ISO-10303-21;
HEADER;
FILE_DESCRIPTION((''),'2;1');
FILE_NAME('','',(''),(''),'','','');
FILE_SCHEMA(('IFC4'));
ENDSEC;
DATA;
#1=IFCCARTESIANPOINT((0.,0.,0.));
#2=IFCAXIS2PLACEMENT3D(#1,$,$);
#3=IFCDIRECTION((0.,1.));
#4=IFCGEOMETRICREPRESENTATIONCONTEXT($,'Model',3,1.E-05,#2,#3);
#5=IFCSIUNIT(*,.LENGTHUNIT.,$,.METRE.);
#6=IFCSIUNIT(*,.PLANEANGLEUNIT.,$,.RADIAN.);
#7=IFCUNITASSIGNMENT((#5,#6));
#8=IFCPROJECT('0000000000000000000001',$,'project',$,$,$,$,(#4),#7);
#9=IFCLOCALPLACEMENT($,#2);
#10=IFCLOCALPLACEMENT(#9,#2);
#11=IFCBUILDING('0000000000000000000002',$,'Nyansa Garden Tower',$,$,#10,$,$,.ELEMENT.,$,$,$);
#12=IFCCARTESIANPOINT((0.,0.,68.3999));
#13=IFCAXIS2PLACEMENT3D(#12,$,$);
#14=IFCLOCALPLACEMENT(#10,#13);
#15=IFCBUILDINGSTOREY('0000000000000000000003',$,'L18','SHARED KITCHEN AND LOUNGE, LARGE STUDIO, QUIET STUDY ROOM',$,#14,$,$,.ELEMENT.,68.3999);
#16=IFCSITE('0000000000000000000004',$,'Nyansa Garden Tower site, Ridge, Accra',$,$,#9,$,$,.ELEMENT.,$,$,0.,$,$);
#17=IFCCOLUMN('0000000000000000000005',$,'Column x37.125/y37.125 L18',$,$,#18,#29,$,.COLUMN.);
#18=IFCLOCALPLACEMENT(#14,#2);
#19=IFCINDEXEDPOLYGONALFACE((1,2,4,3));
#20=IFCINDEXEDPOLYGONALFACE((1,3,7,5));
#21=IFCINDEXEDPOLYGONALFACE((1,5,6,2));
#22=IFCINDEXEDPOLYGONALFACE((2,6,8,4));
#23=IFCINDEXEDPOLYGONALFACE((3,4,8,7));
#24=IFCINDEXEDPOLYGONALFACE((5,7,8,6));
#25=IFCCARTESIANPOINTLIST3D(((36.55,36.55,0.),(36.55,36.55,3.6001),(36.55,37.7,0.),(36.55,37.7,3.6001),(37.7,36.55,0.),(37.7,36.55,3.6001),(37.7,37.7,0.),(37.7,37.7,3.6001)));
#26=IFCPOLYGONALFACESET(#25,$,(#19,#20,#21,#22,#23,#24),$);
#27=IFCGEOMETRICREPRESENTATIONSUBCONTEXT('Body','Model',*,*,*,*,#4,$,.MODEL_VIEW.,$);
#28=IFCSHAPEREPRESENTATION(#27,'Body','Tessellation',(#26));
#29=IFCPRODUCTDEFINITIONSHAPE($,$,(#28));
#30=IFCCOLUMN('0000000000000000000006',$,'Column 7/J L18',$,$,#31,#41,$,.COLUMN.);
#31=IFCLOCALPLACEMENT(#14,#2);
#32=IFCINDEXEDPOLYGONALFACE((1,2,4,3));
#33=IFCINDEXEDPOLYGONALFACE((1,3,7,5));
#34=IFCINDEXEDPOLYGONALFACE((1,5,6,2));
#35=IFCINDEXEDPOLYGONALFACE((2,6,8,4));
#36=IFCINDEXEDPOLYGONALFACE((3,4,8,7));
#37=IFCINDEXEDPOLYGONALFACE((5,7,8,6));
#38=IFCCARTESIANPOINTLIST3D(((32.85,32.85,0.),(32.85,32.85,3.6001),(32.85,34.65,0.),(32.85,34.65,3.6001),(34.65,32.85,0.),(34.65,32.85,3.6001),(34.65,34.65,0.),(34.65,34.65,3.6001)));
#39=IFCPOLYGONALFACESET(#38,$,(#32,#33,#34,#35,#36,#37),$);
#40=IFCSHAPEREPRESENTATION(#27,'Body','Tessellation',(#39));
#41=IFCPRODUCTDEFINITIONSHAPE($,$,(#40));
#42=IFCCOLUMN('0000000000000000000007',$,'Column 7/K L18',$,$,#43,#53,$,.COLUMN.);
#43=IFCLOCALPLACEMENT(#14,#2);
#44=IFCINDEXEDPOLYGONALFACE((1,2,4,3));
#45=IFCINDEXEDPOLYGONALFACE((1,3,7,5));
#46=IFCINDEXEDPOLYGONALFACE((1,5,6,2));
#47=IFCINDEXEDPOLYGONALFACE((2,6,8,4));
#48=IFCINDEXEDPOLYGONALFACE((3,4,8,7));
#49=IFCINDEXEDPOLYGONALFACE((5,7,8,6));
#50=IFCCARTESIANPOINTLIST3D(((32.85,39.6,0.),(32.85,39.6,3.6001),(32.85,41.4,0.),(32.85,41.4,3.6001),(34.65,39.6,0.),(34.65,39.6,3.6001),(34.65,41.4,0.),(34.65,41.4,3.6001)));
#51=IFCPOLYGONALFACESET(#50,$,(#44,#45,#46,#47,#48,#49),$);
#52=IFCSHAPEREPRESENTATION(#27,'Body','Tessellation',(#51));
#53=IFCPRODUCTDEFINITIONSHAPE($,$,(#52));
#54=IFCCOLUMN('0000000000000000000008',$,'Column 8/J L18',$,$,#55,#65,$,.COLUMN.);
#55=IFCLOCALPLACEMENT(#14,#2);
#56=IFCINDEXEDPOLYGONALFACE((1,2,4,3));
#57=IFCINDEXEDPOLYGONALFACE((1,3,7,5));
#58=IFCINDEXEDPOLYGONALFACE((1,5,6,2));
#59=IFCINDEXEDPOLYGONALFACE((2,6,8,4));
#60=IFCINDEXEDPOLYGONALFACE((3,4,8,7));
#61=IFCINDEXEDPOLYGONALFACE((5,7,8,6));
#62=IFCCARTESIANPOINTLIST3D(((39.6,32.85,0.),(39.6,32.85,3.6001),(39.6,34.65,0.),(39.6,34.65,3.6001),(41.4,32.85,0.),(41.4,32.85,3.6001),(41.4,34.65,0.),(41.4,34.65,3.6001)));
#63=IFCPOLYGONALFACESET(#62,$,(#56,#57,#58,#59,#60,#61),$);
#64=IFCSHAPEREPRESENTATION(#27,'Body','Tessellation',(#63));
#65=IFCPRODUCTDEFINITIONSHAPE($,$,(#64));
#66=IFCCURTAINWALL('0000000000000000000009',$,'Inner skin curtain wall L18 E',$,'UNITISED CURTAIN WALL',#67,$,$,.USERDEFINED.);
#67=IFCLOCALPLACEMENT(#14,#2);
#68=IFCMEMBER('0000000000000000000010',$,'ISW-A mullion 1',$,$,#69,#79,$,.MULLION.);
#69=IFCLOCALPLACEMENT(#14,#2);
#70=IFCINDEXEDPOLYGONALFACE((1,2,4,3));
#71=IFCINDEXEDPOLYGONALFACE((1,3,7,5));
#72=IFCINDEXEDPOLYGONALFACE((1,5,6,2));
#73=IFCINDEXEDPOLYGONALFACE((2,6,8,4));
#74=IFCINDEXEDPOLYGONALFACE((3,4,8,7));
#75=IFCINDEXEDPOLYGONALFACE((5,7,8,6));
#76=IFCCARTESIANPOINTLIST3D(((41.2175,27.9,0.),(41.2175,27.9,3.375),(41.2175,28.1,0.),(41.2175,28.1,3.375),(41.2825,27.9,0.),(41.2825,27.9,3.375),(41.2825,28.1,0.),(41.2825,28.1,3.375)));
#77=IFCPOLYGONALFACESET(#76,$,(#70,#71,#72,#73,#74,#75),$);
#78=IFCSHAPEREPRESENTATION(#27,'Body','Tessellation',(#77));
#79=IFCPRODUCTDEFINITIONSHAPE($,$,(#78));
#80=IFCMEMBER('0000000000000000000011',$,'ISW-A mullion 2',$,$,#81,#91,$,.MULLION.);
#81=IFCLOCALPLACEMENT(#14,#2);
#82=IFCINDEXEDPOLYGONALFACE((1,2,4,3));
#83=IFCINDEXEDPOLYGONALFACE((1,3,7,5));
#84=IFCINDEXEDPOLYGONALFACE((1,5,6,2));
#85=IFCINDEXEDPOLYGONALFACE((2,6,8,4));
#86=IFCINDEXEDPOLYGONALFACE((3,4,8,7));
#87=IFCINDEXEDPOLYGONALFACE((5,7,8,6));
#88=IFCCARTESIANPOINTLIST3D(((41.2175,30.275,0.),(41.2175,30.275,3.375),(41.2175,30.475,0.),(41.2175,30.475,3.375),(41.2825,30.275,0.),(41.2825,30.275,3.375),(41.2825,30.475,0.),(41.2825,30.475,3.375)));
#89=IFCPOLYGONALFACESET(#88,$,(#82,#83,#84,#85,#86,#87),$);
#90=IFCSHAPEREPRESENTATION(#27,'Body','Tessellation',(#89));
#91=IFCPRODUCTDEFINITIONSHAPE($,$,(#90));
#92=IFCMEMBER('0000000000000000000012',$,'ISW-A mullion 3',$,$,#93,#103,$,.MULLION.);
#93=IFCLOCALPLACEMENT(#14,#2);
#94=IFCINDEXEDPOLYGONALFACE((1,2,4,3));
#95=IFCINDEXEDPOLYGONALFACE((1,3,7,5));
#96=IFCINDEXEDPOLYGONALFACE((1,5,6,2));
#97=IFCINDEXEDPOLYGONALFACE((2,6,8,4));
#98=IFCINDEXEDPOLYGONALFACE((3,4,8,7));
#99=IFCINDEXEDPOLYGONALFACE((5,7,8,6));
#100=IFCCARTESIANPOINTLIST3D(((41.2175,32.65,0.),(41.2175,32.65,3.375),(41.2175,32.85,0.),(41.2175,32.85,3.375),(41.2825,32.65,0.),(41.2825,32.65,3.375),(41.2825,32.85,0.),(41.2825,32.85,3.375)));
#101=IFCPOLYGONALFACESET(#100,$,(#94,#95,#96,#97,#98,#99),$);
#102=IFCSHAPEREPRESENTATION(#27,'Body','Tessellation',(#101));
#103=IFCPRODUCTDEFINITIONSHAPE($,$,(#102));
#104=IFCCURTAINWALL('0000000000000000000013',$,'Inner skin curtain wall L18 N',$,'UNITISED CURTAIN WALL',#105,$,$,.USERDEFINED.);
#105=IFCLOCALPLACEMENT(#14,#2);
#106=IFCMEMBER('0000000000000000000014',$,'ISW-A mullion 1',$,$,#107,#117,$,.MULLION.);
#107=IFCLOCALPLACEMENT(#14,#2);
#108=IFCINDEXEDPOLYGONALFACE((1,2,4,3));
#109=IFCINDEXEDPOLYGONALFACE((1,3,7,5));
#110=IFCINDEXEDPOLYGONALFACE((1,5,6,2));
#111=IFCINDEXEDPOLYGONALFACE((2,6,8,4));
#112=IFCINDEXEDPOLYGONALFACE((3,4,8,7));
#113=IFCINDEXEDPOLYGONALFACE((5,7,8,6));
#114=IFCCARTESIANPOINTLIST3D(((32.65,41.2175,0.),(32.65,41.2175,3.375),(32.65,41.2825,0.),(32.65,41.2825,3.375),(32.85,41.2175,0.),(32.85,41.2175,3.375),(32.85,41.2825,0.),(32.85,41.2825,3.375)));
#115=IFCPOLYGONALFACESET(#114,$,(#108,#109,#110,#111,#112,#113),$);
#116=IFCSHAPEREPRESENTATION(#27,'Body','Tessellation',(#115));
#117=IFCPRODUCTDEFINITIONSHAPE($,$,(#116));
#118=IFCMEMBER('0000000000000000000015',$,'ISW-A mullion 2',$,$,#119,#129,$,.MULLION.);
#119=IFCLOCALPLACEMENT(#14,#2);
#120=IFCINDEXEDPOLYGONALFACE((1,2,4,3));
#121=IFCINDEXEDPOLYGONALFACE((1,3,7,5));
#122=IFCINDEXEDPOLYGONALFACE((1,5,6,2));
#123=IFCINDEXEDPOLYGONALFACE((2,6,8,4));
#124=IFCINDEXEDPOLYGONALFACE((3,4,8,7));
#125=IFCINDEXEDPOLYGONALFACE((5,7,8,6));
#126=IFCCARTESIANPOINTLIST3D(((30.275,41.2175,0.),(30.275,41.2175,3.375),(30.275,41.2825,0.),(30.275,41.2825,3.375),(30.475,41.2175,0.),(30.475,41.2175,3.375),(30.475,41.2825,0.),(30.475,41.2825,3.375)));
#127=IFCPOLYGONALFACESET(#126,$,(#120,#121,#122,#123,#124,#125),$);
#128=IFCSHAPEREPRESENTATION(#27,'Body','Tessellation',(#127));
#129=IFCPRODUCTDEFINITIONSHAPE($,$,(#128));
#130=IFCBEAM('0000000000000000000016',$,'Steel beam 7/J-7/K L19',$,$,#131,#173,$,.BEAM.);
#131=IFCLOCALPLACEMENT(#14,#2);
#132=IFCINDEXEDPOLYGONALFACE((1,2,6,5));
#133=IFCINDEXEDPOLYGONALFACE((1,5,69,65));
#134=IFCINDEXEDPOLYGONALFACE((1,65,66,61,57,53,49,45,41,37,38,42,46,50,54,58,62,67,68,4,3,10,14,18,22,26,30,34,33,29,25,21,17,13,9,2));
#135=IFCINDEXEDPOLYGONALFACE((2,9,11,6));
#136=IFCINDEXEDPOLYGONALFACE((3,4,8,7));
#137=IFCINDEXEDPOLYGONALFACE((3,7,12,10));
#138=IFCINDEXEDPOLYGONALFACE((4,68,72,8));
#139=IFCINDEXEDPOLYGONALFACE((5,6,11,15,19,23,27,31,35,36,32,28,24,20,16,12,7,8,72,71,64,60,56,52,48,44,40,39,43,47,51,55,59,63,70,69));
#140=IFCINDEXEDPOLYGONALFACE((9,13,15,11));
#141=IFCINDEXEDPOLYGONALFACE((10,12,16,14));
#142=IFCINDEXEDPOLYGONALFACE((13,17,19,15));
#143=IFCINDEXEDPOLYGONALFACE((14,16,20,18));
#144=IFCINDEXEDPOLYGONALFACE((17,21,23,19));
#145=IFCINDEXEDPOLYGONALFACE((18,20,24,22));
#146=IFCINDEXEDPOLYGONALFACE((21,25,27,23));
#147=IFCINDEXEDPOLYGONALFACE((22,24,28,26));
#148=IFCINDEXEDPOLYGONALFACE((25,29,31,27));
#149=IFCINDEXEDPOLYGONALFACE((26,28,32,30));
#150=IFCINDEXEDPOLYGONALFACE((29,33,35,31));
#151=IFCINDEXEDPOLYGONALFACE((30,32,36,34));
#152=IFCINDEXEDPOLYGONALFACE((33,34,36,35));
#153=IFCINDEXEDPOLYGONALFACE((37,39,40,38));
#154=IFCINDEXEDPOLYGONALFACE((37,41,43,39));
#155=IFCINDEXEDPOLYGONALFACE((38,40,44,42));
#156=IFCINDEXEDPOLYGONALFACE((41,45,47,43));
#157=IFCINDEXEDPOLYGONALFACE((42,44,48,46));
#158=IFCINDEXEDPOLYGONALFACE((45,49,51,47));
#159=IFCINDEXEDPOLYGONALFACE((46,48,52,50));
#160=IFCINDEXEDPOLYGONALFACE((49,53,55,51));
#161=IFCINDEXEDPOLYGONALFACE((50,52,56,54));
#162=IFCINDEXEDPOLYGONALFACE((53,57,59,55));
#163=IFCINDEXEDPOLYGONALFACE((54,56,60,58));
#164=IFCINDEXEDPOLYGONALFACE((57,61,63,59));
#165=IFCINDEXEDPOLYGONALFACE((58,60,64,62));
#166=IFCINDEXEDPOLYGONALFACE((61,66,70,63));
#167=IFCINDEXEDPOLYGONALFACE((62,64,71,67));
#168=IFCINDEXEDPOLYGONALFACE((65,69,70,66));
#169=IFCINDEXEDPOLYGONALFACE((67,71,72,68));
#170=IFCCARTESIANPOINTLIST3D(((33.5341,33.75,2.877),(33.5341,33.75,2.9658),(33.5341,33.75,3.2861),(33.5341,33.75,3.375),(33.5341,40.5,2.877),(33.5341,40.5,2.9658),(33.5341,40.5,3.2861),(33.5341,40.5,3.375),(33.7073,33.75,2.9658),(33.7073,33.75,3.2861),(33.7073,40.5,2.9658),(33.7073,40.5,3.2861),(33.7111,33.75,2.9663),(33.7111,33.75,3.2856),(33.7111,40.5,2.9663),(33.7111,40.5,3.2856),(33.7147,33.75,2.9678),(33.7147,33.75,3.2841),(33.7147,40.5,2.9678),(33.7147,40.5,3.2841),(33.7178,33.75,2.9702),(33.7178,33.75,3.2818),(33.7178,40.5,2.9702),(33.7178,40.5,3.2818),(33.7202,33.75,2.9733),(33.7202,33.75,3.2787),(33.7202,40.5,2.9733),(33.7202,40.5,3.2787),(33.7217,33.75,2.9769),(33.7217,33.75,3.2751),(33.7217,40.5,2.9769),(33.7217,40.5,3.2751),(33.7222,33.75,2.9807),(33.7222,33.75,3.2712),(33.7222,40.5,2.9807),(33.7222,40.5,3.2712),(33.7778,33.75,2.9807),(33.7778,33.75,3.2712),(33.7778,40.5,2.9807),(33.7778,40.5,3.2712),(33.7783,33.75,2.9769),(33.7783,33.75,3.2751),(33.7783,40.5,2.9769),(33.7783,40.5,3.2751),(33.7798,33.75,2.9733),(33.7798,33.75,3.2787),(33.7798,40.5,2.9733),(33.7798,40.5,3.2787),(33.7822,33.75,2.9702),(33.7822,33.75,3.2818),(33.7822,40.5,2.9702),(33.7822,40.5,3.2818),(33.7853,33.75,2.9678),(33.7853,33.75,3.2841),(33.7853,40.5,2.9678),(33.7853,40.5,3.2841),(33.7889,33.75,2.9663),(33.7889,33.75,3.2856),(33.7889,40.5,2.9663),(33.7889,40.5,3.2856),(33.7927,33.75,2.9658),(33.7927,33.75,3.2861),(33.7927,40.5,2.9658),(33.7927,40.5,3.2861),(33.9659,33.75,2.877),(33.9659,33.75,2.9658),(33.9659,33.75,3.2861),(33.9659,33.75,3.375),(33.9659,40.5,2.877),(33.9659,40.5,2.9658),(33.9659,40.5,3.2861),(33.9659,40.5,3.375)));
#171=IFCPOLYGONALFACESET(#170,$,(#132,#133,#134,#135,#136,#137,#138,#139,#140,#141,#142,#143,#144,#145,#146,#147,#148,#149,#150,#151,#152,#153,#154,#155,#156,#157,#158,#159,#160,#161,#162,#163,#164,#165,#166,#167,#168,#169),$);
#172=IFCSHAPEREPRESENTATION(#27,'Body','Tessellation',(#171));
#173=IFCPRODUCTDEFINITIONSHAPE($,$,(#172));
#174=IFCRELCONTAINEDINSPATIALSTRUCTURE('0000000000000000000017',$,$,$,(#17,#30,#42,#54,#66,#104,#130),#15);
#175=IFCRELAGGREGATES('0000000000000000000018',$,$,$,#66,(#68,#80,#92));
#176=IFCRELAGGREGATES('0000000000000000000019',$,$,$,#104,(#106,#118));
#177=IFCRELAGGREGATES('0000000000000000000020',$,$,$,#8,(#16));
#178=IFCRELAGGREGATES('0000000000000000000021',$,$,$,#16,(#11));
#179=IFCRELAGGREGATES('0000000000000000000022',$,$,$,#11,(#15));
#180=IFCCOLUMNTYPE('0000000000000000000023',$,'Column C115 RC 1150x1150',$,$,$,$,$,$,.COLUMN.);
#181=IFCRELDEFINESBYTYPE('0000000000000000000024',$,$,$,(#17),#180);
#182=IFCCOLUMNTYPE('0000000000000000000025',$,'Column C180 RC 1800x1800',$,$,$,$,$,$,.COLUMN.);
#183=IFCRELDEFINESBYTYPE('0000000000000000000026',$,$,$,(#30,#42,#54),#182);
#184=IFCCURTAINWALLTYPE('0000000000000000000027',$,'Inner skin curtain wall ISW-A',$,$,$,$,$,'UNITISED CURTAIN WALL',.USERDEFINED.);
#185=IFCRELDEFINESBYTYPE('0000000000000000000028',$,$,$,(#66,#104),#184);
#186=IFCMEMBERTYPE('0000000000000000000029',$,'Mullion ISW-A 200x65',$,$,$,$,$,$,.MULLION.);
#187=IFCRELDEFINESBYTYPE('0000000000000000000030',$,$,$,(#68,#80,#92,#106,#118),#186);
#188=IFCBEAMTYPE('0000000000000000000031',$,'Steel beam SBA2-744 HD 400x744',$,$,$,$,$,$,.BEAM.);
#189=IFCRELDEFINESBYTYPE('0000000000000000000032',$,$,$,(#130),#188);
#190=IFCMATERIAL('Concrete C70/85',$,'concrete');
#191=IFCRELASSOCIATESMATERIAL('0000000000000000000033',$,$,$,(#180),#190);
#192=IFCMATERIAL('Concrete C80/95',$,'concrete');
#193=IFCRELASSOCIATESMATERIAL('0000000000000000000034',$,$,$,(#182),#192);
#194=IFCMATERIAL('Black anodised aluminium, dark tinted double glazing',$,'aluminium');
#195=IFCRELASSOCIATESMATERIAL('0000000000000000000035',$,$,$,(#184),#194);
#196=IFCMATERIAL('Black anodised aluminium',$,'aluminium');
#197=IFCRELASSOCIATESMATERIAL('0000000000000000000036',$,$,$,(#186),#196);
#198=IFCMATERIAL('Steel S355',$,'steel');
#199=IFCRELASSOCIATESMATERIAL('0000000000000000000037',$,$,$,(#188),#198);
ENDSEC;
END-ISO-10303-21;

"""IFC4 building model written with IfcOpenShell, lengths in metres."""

from ifc_helpers import new_model, si_unit, direction, frame, origin, origin_2d, place, context, subcontext, project, spatial, rectangle, i_section, extrude, material, material_profile, profile_set, type_object, element, aggregate, save


model = new_model("IFC4")

# Units and contexts
model_context = context("Model", 3, precision=1e-05, world=origin(), true_north=direction((0.0, 1.0)))
body_context = subcontext(model_context, "Body", "Model", "MODEL_VIEW")
ifc_project = project(units=[si_unit("LENGTHUNIT", "METRE"), si_unit("PLANEANGLEUNIT", "RADIAN")], contexts=[model_context])

# Site, building, storey
site_placement = place(None, origin())
site = spatial("IfcSite", under=ifc_project, at=site_placement, Name="Nyansa Garden Tower site, Ridge, Accra", CompositionType="ELEMENT", RefElevation=0.0)
building_placement = place(site_placement, origin())
building = spatial("IfcBuilding", under=site, at=building_placement, Name="Nyansa Garden Tower", CompositionType="ELEMENT")
storey_placement = place(building_placement, frame((0.0, 0.0, 68.3999)))
storey = spatial("IfcBuildingStorey", under=building, at=storey_placement, Name="L18", Description="SHARED KITCHEN AND LOUNGE, LARGE STUDIO, QUIET STUDY ROOM", CompositionType="ELEMENT", Elevation=68.3999)

# Columns
ifc_material_1 = material(Name="Concrete C70/85", Category="concrete")
ifc_material_profile_1 = material_profile(ifc_material_1, rectangle(XDim=1.1499, YDim=1.1499, at=origin_2d()), Name="RC 1150x1150")
ifc_profile_set_1 = profile_set([ifc_material_profile_1], Name="Concrete C70/85")
column_type_1 = type_object("IfcColumnType", Name="Column C115 RC 1150x1150", PredefinedType="COLUMN", material=ifc_profile_set_1)
column_placement = place(storey_placement, frame((37.125, 37.125, 0.0), z_axis=(0.0, 0.0, 1.0), x_axis=(1.0, 0.0, 0.0)))
element("IfcColumn", 1, at=column_placement, inside=storey, type_object=column_type_1, Name="Column x37.125/y37.125 L18", PredefinedType="COLUMN", context=body_context, shape_type="SweptSolid", body=[
    extrude(rectangle(XDim=1.1499, YDim=1.1499, at=origin_2d()), origin(), (0.0, 0.0, 1.0), 3.6001),
])
ifc_material_2 = material(Name="Concrete C80/95", Category="concrete")
ifc_material_profile_2 = material_profile(ifc_material_2, rectangle(XDim=1.8, YDim=1.8, at=origin_2d()), Name="RC 1800x1800")
ifc_profile_set_2 = profile_set([ifc_material_profile_2], Name="Concrete C80/95")
column_type_2 = type_object("IfcColumnType", Name="Column C180 RC 1800x1800", PredefinedType="COLUMN", material=ifc_profile_set_2)
for number, where, z_axis, x_axis, name in (
    (2, (33.75, 33.75, 0.0), (0.0, 0.0, 1.0), (1.0, 0.0, 0.0), "Column 7/J L18"),
    (3, (33.75, 40.5, 0.0), (0.0, 0.0, 1.0), (1.0, 0.0, 0.0), "Column 7/K L18"),
    (4, (40.5, 33.75, 0.0), (0.0, 0.0, 1.0), (1.0, 0.0, 0.0), "Column 8/J L18"),
):
    element("IfcColumn", number, at=place(storey_placement, frame(where, z_axis=z_axis, x_axis=x_axis)), inside=storey, type_object=column_type_2, Name=name, PredefinedType="COLUMN", context=body_context, shape_type="SweptSolid", body=[
        extrude(rectangle(XDim=1.8, YDim=1.8, at=origin_2d()), origin(), (0.0, 0.0, 1.0), 3.6001),
    ])

# Curtain walls, members
ifc_material_3 = material(Name="Black anodised aluminium, dark tinted double glazing", Category="aluminium")
curtain_wall_type = type_object("IfcCurtainWallType", Name="Inner skin curtain wall ISW-A", ElementType="UNITISED CURTAIN WALL", PredefinedType="USERDEFINED", material=ifc_material_3)
curtain_wall_1_placement = place(storey_placement, origin())
curtain_wall_1 = element("IfcCurtainWall", 5, at=curtain_wall_1_placement, inside=storey, type_object=curtain_wall_type, Name="Inner skin curtain wall L18 E", ObjectType="UNITISED CURTAIN WALL", PredefinedType="USERDEFINED")
ifc_material_4 = material(Name="Black anodised aluminium", Category="aluminium")
ifc_material_profile_3 = material_profile(ifc_material_4, rectangle(XDim=0.0649, YDim=0.2, at=origin_2d()), Name="Mullion 200x65")
ifc_profile_set_3 = profile_set([ifc_material_profile_3], Name="Black anodised aluminium")
member_type_1 = type_object("IfcMemberType", Name="Mullion ISW-A 200x65", PredefinedType="MULLION", material=ifc_profile_set_3)
member_1_placement = place(storey_placement, frame((41.25, 28.0, 0.0), z_axis=(0.0, 0.0, 1.0), x_axis=(-1.0, 0.0, 0.0)))
member_1 = element("IfcMember", 6, at=member_1_placement, type_object=member_type_1, Name="ISW-A mullion 1", PredefinedType="MULLION", context=body_context, shape_type="SweptSolid", body=[
    extrude(rectangle(XDim=0.0649, YDim=0.2, at=origin_2d()), origin(), (0.0, 0.0, 1.0), 3.375),
])
member_2_placement = place(storey_placement, frame((41.25, 30.375, 0.0), z_axis=(0.0, 0.0, 1.0), x_axis=(-1.0, 0.0, 0.0)))
member_2 = element("IfcMember", 7, at=member_2_placement, type_object=member_type_1, Name="ISW-A mullion 2", PredefinedType="MULLION", context=body_context, shape_type="SweptSolid", body=[
    extrude(rectangle(XDim=0.0649, YDim=0.2, at=origin_2d()), origin(), (0.0, 0.0, 1.0), 3.375),
])
member_3_placement = place(storey_placement, frame((41.25, 32.75, 0.0), z_axis=(0.0, 0.0, 1.0), x_axis=(-1.0, 0.0, 0.0)))
member_3 = element("IfcMember", 8, at=member_3_placement, type_object=member_type_1, Name="ISW-A mullion 3", PredefinedType="MULLION", context=body_context, shape_type="SweptSolid", body=[
    extrude(rectangle(XDim=0.0649, YDim=0.2, at=origin_2d()), origin(), (0.0, 0.0, 1.0), 3.375),
])
curtain_wall_2_placement = place(storey_placement, origin())
curtain_wall_2 = element("IfcCurtainWall", 9, at=curtain_wall_2_placement, inside=storey, type_object=curtain_wall_type, Name="Inner skin curtain wall L18 N", ObjectType="UNITISED CURTAIN WALL", PredefinedType="USERDEFINED")
member_4_placement = place(storey_placement, frame((32.75, 41.25, 0.0), z_axis=(0.0, 0.0, 1.0), x_axis=(0.0, -1.0, 0.0)))
member_4 = element("IfcMember", 10, at=member_4_placement, type_object=member_type_1, Name="ISW-A mullion 1", PredefinedType="MULLION", context=body_context, shape_type="SweptSolid", body=[
    extrude(rectangle(XDim=0.0649, YDim=0.2, at=origin_2d()), origin(), (0.0, 0.0, 1.0), 3.375),
])
member_5_placement = place(storey_placement, frame((30.375, 41.25, 0.0), z_axis=(0.0, 0.0, 1.0), x_axis=(0.0, -1.0, 0.0)))
member_5 = element("IfcMember", 11, at=member_5_placement, type_object=member_type_1, Name="ISW-A mullion 2", PredefinedType="MULLION", context=body_context, shape_type="SweptSolid", body=[
    extrude(rectangle(XDim=0.0649, YDim=0.2, at=origin_2d()), origin(), (0.0, 0.0, 1.0), 3.375),
])

# Beam
ifc_material_5 = material(Name="Steel S355", Category="steel")
ifc_material_profile_4 = material_profile(ifc_material_5, i_section(OverallWidth=0.4319, OverallDepth=0.498, WebThickness=0.0557, FlangeThickness=0.0889, FilletRadius=0.0149, at=origin_2d()), Name="HD 400x744")
ifc_profile_set_4 = profile_set([ifc_material_profile_4], Name="Steel S355")
beam_type_1 = type_object("IfcBeamType", Name="Steel beam SBA2-744 HD 400x744", PredefinedType="BEAM", material=ifc_profile_set_4)
for number, where, z_axis, x_axis, name in (
    (12, (33.75, 33.75, 3.126), (0.0, 1.0, 0.0), (-1.0, 0.0, 0.0), "Steel beam 7/J-7/K L19"),
):
    element("IfcBeam", number, at=place(storey_placement, frame(where, z_axis=z_axis, x_axis=x_axis)), inside=storey, type_object=beam_type_1, Name=name, PredefinedType="BEAM", context=body_context, shape_type="SweptSolid", body=[
        extrude(i_section(OverallWidth=0.4319, OverallDepth=0.498, WebThickness=0.0557, FlangeThickness=0.0889, FilletRadius=0.0149, at=origin_2d()), origin(), (0.0, 0.0, 1.0), 6.75),
    ])

aggregate(curtain_wall_1, [member_1, member_2, member_3])
aggregate(curtain_wall_2, [member_4, member_5])

save(model, "model.ifc")
